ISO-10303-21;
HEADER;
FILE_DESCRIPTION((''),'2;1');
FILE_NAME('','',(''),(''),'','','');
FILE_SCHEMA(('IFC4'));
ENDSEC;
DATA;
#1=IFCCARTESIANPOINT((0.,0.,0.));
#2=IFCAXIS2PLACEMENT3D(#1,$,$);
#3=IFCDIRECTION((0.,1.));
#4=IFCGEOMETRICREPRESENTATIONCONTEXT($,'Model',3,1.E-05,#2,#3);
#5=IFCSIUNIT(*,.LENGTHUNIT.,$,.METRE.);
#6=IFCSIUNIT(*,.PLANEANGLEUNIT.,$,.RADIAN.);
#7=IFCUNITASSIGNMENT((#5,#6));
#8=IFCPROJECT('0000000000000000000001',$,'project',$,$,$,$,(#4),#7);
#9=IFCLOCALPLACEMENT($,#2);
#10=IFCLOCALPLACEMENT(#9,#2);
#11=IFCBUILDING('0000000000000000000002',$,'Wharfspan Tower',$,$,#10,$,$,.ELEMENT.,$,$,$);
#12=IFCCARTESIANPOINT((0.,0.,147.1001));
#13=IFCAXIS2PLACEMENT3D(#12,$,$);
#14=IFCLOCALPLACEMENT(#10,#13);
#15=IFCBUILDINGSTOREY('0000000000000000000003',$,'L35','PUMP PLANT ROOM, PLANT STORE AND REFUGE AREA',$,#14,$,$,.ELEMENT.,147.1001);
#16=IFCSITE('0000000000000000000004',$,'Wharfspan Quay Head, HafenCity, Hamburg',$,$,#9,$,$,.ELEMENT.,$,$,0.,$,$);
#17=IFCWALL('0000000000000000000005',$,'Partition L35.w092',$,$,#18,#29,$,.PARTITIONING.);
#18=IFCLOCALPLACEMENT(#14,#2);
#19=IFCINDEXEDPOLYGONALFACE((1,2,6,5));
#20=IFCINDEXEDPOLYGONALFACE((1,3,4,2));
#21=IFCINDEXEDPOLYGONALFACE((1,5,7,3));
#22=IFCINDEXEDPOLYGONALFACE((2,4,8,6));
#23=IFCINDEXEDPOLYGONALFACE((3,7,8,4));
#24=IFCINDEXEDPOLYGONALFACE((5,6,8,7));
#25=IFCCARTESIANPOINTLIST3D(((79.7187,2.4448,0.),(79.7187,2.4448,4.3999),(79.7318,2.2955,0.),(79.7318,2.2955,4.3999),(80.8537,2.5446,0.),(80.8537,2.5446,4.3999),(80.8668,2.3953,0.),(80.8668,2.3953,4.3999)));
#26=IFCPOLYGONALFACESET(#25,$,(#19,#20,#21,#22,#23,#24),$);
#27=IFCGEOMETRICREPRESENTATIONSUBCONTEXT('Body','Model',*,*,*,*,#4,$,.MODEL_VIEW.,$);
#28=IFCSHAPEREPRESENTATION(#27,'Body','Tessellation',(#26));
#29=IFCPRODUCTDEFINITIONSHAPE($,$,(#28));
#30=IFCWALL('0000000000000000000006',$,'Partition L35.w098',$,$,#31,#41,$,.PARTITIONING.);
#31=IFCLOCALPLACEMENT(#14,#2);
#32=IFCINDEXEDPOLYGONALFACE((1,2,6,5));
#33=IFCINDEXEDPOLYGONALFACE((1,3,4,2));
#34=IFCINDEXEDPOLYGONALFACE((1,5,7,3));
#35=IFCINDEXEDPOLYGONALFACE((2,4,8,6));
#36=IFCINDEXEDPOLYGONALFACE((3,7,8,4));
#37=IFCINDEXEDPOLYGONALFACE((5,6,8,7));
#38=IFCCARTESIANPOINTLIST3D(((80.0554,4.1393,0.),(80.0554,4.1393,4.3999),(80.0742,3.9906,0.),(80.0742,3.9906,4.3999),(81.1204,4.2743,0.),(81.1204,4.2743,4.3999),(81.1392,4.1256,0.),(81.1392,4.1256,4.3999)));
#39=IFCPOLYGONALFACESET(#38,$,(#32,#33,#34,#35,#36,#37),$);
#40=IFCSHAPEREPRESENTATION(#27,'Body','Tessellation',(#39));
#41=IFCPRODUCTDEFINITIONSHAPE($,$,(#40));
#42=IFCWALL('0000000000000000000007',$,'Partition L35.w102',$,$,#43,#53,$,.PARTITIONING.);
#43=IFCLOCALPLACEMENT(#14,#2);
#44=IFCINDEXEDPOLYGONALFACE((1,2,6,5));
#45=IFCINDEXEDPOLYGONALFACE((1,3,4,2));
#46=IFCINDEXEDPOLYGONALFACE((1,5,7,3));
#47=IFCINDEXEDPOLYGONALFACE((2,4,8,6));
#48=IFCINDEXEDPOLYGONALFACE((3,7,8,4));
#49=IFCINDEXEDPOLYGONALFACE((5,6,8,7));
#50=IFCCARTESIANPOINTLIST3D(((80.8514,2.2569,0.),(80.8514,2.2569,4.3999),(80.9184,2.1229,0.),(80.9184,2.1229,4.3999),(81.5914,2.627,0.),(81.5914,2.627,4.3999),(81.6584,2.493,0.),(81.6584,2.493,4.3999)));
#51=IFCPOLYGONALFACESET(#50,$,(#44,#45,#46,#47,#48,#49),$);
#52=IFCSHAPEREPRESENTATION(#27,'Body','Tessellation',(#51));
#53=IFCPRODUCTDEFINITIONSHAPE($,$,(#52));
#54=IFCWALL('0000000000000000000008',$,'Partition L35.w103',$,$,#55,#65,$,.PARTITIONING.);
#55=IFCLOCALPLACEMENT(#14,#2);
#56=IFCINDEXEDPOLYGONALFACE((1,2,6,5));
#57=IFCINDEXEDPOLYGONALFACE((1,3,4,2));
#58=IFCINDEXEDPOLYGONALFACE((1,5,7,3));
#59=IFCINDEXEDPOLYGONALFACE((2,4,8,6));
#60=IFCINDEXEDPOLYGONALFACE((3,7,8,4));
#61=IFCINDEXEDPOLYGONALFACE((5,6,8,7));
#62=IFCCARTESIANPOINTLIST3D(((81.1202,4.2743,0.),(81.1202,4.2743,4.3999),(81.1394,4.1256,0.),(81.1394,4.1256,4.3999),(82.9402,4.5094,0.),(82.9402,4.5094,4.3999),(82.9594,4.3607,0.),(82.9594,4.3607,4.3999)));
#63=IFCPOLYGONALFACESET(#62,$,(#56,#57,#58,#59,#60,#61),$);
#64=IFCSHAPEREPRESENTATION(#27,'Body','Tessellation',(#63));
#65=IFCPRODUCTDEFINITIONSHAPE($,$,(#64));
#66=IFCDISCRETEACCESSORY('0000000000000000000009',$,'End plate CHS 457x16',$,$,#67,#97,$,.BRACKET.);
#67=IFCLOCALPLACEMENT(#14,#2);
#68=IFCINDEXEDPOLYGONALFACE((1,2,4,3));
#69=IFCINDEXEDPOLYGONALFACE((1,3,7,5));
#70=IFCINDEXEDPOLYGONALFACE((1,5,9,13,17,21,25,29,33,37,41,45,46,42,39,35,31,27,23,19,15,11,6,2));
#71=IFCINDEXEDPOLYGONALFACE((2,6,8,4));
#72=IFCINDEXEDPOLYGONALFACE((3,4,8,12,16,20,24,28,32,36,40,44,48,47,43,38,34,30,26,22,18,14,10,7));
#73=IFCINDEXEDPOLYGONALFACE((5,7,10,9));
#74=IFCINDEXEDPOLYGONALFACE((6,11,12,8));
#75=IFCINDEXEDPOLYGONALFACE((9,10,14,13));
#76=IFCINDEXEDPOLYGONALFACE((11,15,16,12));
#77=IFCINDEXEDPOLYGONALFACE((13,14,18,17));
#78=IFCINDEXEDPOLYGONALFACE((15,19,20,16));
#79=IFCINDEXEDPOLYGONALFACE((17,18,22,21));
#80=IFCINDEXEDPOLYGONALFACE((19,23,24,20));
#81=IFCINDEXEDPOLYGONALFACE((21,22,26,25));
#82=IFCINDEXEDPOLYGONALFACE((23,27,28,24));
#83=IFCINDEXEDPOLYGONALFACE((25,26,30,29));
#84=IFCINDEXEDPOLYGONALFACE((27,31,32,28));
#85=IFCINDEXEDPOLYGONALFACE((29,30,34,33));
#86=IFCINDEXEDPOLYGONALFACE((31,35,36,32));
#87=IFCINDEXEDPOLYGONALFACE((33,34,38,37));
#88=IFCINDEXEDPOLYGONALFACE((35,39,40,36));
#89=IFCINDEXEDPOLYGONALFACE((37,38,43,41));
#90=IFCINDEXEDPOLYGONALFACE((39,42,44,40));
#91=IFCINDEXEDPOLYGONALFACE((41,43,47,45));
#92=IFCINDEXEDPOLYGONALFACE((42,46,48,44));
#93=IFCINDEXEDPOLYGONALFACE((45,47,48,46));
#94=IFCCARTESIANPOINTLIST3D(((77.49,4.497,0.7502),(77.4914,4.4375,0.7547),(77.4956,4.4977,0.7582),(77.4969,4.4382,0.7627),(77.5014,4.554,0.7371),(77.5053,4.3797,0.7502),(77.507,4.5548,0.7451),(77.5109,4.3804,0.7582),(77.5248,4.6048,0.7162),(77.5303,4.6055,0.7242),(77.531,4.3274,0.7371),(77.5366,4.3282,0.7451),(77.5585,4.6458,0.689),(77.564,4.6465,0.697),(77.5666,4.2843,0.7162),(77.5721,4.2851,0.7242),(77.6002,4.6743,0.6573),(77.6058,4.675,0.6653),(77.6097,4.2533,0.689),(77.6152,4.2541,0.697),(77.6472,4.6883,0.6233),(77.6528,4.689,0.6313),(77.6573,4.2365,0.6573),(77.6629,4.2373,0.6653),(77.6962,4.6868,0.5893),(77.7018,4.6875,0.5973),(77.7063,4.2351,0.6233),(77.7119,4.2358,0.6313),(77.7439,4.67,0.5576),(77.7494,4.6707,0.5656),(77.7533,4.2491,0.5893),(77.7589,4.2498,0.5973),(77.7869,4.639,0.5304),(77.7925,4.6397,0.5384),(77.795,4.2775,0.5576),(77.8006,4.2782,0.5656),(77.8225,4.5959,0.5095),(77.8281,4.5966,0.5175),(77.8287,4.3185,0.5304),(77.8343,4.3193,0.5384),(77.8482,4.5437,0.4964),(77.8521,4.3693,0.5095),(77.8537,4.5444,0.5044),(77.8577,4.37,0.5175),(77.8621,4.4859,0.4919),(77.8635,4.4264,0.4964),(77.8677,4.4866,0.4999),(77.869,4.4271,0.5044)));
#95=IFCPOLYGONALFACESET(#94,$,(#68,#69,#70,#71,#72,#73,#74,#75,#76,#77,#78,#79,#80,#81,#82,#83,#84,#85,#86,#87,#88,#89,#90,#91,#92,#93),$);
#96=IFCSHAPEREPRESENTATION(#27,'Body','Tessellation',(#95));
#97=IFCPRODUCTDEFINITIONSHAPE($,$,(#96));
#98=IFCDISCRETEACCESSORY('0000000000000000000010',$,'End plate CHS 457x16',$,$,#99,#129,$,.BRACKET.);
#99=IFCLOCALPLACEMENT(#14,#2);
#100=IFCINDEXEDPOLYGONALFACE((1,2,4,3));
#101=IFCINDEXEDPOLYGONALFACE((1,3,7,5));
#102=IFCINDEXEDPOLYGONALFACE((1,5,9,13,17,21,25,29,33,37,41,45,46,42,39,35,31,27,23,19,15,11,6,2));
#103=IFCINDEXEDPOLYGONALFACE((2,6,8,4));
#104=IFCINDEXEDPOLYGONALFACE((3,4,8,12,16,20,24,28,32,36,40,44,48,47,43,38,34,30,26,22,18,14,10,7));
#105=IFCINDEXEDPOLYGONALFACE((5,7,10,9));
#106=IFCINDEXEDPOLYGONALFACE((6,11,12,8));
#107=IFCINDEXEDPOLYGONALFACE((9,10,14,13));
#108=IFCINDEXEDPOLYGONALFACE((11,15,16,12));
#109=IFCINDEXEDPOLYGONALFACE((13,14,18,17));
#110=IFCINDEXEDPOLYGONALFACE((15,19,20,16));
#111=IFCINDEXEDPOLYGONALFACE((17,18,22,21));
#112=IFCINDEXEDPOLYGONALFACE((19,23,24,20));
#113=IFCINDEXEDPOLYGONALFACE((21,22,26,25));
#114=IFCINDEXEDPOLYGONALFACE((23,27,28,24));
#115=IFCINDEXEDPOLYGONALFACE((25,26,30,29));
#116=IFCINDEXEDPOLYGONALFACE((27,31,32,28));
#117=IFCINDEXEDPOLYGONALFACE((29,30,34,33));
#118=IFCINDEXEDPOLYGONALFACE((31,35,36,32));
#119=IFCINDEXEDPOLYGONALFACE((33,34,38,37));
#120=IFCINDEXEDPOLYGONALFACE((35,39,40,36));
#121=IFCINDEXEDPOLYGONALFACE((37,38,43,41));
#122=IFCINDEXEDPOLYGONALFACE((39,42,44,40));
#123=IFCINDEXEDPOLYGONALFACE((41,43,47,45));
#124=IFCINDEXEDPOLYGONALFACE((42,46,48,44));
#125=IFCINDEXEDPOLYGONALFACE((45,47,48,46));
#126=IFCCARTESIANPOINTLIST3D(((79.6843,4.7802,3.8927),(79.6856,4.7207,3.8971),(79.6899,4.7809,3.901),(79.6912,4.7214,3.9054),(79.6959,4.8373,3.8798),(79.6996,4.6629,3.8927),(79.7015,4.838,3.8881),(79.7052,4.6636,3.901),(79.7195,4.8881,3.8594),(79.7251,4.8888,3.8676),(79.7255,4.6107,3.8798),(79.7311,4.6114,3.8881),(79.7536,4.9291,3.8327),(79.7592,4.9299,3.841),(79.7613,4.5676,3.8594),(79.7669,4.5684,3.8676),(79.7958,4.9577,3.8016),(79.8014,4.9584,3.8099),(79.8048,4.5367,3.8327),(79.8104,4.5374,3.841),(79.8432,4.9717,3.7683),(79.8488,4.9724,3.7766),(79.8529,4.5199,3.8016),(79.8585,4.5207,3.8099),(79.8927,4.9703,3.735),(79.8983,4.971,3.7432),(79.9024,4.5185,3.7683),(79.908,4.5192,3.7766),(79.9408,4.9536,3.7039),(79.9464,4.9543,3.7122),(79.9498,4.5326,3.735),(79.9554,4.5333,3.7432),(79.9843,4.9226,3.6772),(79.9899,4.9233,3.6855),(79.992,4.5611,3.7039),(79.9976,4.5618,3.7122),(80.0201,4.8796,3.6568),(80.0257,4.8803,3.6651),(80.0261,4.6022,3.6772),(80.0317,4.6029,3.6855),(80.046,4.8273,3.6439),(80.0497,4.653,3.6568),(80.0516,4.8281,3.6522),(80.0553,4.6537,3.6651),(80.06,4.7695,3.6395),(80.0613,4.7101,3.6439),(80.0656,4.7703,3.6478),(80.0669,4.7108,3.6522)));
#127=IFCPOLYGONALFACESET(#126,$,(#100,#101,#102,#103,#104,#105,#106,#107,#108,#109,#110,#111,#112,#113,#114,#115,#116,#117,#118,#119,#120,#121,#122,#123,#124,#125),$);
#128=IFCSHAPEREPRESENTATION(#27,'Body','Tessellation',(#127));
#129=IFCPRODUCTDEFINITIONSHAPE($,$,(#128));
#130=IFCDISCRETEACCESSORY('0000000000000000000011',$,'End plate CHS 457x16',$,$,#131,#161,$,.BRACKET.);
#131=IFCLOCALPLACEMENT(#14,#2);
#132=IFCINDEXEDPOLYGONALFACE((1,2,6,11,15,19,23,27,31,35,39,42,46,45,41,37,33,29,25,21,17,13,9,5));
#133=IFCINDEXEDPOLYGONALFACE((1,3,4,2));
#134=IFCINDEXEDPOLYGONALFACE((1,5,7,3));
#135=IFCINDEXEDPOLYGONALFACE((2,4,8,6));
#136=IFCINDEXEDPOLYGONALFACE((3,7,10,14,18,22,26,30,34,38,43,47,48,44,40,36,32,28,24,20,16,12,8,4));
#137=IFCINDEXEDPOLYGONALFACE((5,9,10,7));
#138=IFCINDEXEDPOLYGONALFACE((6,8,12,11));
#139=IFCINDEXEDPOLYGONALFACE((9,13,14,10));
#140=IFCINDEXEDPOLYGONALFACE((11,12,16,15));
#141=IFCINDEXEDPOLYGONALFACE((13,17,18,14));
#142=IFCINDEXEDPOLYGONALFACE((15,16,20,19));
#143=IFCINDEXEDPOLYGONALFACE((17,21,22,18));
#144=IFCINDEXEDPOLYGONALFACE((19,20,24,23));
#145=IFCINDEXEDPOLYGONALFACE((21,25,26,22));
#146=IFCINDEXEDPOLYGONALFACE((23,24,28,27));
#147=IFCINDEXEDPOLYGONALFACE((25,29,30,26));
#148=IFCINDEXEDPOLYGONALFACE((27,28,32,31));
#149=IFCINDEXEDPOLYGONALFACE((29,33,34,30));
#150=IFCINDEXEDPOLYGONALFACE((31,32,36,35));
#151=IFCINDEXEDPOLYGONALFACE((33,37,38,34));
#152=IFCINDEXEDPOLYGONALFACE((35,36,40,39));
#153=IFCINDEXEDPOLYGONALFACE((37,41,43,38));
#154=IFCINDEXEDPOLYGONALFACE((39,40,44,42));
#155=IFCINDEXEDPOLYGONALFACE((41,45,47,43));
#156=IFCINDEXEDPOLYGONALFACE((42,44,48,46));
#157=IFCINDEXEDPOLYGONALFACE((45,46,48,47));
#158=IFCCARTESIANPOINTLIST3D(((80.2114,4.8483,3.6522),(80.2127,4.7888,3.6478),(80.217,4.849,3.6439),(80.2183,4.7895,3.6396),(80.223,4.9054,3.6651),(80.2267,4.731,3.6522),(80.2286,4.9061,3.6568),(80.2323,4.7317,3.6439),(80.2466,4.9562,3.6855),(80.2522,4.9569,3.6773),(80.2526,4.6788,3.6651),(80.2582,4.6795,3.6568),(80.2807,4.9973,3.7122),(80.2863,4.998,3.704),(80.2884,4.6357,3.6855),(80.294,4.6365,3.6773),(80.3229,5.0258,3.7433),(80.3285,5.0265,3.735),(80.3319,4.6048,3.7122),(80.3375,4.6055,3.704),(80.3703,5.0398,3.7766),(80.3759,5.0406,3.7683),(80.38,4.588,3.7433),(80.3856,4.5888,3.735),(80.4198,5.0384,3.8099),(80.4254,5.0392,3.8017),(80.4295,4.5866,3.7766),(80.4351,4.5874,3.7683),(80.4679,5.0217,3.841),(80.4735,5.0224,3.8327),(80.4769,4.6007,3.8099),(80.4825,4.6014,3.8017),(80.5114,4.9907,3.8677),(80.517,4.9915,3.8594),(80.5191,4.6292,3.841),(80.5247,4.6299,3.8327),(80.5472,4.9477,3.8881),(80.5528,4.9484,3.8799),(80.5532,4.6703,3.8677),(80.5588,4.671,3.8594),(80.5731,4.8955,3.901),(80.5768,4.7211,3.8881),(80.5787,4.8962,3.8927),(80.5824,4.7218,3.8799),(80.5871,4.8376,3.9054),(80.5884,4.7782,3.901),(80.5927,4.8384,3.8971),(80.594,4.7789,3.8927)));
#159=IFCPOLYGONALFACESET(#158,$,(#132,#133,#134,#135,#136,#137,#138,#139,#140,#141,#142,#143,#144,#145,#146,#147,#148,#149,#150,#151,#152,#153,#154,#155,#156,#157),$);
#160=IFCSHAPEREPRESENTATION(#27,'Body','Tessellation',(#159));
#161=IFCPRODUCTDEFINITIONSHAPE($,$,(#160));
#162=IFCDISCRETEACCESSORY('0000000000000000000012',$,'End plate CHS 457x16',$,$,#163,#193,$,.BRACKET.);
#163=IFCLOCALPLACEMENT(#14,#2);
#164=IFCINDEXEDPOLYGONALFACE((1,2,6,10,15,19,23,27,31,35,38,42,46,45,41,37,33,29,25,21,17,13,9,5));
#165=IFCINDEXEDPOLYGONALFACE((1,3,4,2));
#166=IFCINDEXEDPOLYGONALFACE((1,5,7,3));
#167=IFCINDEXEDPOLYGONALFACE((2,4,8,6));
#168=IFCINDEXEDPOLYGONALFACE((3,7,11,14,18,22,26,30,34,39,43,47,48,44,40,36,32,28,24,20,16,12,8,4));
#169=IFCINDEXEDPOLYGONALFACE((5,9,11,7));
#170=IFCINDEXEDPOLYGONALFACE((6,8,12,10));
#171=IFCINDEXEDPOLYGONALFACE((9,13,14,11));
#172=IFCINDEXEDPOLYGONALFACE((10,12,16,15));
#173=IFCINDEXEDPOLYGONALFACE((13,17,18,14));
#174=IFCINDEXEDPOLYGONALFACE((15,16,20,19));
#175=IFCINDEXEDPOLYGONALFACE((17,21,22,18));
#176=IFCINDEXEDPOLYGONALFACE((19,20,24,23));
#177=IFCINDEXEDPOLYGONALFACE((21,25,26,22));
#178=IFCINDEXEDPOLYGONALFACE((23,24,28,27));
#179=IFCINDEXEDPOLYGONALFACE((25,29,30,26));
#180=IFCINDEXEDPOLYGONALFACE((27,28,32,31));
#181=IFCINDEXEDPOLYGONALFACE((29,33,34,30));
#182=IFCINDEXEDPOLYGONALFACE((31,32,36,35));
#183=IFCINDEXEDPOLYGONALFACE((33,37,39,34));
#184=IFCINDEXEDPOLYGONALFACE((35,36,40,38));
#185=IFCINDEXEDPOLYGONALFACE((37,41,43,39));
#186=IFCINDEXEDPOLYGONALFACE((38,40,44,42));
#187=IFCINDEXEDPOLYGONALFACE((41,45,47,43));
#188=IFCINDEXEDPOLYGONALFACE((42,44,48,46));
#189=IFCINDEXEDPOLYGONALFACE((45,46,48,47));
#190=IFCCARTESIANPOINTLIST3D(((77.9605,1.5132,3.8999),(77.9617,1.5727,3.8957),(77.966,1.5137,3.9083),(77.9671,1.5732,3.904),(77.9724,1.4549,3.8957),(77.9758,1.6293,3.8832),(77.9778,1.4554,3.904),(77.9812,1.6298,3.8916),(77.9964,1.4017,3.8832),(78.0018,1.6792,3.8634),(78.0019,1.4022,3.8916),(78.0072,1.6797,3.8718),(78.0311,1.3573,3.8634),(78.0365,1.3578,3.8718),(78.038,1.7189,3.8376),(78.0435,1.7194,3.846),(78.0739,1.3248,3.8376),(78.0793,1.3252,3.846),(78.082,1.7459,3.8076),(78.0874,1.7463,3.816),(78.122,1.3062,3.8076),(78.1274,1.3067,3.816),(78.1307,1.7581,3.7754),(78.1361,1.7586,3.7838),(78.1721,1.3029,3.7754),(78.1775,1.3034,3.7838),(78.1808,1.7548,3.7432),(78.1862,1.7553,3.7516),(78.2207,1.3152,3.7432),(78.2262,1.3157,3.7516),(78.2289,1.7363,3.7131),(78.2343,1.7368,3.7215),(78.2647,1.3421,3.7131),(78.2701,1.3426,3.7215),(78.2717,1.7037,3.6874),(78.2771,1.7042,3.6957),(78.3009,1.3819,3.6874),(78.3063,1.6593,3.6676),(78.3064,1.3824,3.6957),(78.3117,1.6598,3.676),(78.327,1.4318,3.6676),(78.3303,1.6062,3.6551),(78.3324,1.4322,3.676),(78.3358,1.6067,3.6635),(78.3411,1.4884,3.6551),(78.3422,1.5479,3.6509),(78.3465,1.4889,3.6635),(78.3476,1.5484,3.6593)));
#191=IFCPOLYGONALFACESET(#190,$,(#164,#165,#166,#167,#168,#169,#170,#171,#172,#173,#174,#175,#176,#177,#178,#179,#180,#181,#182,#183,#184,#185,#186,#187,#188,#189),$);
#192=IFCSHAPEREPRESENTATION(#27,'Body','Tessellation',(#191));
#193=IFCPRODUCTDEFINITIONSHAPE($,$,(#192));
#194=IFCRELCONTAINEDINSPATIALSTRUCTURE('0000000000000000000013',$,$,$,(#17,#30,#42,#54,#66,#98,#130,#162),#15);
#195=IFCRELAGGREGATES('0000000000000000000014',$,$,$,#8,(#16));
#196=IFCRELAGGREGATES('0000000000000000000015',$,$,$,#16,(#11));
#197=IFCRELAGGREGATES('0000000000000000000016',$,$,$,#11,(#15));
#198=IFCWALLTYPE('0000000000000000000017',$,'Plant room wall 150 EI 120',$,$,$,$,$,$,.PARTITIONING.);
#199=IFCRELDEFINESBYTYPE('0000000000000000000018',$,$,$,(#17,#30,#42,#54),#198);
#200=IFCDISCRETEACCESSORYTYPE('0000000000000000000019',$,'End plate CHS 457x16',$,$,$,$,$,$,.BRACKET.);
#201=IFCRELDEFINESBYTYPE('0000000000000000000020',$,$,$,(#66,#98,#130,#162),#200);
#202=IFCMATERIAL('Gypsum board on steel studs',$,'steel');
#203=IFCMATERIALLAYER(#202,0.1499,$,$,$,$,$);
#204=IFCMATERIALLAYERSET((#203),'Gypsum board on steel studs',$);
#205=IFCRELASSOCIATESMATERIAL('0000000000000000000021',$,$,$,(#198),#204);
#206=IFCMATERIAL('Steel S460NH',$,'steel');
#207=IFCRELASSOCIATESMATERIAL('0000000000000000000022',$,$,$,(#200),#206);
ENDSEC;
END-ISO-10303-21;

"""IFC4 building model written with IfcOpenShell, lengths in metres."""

from ifc_helpers import new_model, si_unit, direction, frame, frame_2d, origin, origin_2d, place, context, subcontext, project, spatial, rectangle, circle, extrude, material, layer, layer_set, material_profile, profile_set, type_object, element, save


model = new_model("IFC4")

# Units and contexts
model_context = context("Model", 3, precision=1e-05, world=origin(), true_north=direction((0.0, 1.0)))
body_context = subcontext(model_context, "Body", "Model", "MODEL_VIEW")
ifc_project = project(units=[si_unit("LENGTHUNIT", "METRE"), si_unit("PLANEANGLEUNIT", "RADIAN")], contexts=[model_context])

# Site, building, storey
site_placement = place(None, origin())
site = spatial("IfcSite", under=ifc_project, at=site_placement, Name="Wharfspan Quay Head, HafenCity, Hamburg", CompositionType="ELEMENT", RefElevation=0.0)
building_placement = place(site_placement, origin())
building = spatial("IfcBuilding", under=site, at=building_placement, Name="Wharfspan Tower", CompositionType="ELEMENT")
storey_placement = place(building_placement, frame((0.0, 0.0, 147.1001)))
storey = spatial("IfcBuildingStorey", under=building, at=storey_placement, Name="L35", Description="PUMP PLANT ROOM, PLANT STORE AND REFUGE AREA", CompositionType="ELEMENT", Elevation=147.1001)

# Shared definitions
ifc_material_1 = material(Name="Steel S460NH", Category="steel")

# Walls
ifc_material_2 = material(Name="Gypsum board on steel studs", Category="steel")
ifc_layer_1 = layer(ifc_material_2, 0.1499)
ifc_layer_set_1 = layer_set([ifc_layer_1], Name="Gypsum board on steel studs")
wall_type = type_object("IfcWallType", Name="Plant room wall 150 EI 120", PredefinedType="PARTITIONING", material=ifc_layer_set_1)
wall_1_placement = place(storey_placement, frame((79.7251, 2.3701, 0.0), z_axis=(0.0, 0.0, 1.0), x_axis=(0.996148, 0.087637, 0.0)))
element("IfcWall", 1, at=wall_1_placement, inside=storey, type_object=wall_type, Name="Partition L35.w092", PredefinedType="PARTITIONING", context=body_context, shape_type="SweptSolid", body=[
    extrude(rectangle(XDim=1.1394, YDim=0.1499, at=frame_2d((0.5698, 0.0))), origin(), (0.0, 0.0, 1.0), 4.3999),
])
wall_2_placement = place(storey_placement, frame((80.0649, 4.0649, 0.0), z_axis=(0.0, 0.0, 1.0), x_axis=(0.992059, 0.12577, 0.0)))
element("IfcWall", 2, at=wall_2_placement, inside=storey, type_object=wall_type, Name="Partition L35.w098", PredefinedType="PARTITIONING", context=body_context, shape_type="SweptSolid", body=[
    extrude(rectangle(XDim=1.0735, YDim=0.1499, at=frame_2d((0.5366, 0.0))), origin(), (0.0, 0.0, 1.0), 4.3999),
])
wall_3_placement = place(storey_placement, frame((80.885, 2.1899, 0.0), z_axis=(0.0, 0.0, 1.0), x_axis=(0.894365, 0.44733, 0.0)))
element("IfcWall", 3, at=wall_3_placement, inside=storey, type_object=wall_type, Name="Partition L35.w102", PredefinedType="PARTITIONING", context=body_context, shape_type="SweptSolid", body=[
    extrude(rectangle(XDim=0.8274, YDim=0.1499, at=frame_2d((0.4136, 0.0))), origin(), (0.0, 0.0, 1.0), 4.3999),
])
wall_4_placement = place(storey_placement, frame((81.1299, 4.2, 0.0), z_axis=(0.0, 0.0, 1.0), x_axis=(0.991763, 0.128111, 0.0)))
element("IfcWall", 4, at=wall_4_placement, inside=storey, type_object=wall_type, Name="Partition L35.w103", PredefinedType="PARTITIONING", context=body_context, shape_type="SweptSolid", body=[
    extrude(rectangle(XDim=1.8352, YDim=0.1499, at=frame_2d((0.9175, 0.0))), origin(), (0.0, 0.0, 1.0), 4.3999),
])

# Discrete accessories
ifc_material_profile_1 = material_profile(ifc_material_1, circle(Radius=0.2285, at=origin_2d()))
ifc_profile_set_1 = profile_set([ifc_material_profile_1], Name="Steel S460NH")
discrete_accessory_type_1 = type_object("IfcDiscreteAccessoryType", Name="End plate CHS 457x16", PredefinedType="BRACKET", material=ifc_profile_set_1)
discrete_accessory_placement = place(storey_placement, frame((77.6768, 4.4617, 0.6233), z_axis=(0.570209, 0.074375, 0.818126), x_axis=(-0.129339, 0.9916, 0.0)))
element("IfcDiscreteAccessory", 5, at=discrete_accessory_placement, inside=storey, type_object=discrete_accessory_type_1, Name="End plate CHS 457x16", PredefinedType="BRACKET", context=body_context, shape_type="SweptSolid", body=[
    extrude(circle(Radius=0.2285, at=origin_2d()), origin(), (0.0, 0.0, 1.0), 0.0098),
])
for number, where, z_axis, x_axis, name in (
    (6, (79.8728, 4.7451, 3.7683), (0.558819, 0.072889, 0.82608), (-0.129337, 0.991601, -0.000001), "End plate CHS 457x16"),
    (7, (80.3999, 4.8132, 3.7766), (0.558819, 0.072889, -0.82608), (-0.129337, 0.991601, 0.000001), "End plate CHS 457x16"),
    (8, (78.1514, 1.5305, 3.7754), (0.54259, 0.049326, 0.838548), (-0.090535, 0.995892, 0.0), "End plate CHS 457x16"),
):
    element("IfcDiscreteAccessory", number, at=place(storey_placement, frame(where, z_axis=z_axis, x_axis=x_axis)), inside=storey, type_object=discrete_accessory_type_1, Name=name, PredefinedType="BRACKET", context=body_context, shape_type="SweptSolid", body=[
        extrude(circle(Radius=0.2285, at=origin_2d()), origin(), (0.0, 0.0, 1.0), 0.01),
    ])

save(model, "model.ifc")
